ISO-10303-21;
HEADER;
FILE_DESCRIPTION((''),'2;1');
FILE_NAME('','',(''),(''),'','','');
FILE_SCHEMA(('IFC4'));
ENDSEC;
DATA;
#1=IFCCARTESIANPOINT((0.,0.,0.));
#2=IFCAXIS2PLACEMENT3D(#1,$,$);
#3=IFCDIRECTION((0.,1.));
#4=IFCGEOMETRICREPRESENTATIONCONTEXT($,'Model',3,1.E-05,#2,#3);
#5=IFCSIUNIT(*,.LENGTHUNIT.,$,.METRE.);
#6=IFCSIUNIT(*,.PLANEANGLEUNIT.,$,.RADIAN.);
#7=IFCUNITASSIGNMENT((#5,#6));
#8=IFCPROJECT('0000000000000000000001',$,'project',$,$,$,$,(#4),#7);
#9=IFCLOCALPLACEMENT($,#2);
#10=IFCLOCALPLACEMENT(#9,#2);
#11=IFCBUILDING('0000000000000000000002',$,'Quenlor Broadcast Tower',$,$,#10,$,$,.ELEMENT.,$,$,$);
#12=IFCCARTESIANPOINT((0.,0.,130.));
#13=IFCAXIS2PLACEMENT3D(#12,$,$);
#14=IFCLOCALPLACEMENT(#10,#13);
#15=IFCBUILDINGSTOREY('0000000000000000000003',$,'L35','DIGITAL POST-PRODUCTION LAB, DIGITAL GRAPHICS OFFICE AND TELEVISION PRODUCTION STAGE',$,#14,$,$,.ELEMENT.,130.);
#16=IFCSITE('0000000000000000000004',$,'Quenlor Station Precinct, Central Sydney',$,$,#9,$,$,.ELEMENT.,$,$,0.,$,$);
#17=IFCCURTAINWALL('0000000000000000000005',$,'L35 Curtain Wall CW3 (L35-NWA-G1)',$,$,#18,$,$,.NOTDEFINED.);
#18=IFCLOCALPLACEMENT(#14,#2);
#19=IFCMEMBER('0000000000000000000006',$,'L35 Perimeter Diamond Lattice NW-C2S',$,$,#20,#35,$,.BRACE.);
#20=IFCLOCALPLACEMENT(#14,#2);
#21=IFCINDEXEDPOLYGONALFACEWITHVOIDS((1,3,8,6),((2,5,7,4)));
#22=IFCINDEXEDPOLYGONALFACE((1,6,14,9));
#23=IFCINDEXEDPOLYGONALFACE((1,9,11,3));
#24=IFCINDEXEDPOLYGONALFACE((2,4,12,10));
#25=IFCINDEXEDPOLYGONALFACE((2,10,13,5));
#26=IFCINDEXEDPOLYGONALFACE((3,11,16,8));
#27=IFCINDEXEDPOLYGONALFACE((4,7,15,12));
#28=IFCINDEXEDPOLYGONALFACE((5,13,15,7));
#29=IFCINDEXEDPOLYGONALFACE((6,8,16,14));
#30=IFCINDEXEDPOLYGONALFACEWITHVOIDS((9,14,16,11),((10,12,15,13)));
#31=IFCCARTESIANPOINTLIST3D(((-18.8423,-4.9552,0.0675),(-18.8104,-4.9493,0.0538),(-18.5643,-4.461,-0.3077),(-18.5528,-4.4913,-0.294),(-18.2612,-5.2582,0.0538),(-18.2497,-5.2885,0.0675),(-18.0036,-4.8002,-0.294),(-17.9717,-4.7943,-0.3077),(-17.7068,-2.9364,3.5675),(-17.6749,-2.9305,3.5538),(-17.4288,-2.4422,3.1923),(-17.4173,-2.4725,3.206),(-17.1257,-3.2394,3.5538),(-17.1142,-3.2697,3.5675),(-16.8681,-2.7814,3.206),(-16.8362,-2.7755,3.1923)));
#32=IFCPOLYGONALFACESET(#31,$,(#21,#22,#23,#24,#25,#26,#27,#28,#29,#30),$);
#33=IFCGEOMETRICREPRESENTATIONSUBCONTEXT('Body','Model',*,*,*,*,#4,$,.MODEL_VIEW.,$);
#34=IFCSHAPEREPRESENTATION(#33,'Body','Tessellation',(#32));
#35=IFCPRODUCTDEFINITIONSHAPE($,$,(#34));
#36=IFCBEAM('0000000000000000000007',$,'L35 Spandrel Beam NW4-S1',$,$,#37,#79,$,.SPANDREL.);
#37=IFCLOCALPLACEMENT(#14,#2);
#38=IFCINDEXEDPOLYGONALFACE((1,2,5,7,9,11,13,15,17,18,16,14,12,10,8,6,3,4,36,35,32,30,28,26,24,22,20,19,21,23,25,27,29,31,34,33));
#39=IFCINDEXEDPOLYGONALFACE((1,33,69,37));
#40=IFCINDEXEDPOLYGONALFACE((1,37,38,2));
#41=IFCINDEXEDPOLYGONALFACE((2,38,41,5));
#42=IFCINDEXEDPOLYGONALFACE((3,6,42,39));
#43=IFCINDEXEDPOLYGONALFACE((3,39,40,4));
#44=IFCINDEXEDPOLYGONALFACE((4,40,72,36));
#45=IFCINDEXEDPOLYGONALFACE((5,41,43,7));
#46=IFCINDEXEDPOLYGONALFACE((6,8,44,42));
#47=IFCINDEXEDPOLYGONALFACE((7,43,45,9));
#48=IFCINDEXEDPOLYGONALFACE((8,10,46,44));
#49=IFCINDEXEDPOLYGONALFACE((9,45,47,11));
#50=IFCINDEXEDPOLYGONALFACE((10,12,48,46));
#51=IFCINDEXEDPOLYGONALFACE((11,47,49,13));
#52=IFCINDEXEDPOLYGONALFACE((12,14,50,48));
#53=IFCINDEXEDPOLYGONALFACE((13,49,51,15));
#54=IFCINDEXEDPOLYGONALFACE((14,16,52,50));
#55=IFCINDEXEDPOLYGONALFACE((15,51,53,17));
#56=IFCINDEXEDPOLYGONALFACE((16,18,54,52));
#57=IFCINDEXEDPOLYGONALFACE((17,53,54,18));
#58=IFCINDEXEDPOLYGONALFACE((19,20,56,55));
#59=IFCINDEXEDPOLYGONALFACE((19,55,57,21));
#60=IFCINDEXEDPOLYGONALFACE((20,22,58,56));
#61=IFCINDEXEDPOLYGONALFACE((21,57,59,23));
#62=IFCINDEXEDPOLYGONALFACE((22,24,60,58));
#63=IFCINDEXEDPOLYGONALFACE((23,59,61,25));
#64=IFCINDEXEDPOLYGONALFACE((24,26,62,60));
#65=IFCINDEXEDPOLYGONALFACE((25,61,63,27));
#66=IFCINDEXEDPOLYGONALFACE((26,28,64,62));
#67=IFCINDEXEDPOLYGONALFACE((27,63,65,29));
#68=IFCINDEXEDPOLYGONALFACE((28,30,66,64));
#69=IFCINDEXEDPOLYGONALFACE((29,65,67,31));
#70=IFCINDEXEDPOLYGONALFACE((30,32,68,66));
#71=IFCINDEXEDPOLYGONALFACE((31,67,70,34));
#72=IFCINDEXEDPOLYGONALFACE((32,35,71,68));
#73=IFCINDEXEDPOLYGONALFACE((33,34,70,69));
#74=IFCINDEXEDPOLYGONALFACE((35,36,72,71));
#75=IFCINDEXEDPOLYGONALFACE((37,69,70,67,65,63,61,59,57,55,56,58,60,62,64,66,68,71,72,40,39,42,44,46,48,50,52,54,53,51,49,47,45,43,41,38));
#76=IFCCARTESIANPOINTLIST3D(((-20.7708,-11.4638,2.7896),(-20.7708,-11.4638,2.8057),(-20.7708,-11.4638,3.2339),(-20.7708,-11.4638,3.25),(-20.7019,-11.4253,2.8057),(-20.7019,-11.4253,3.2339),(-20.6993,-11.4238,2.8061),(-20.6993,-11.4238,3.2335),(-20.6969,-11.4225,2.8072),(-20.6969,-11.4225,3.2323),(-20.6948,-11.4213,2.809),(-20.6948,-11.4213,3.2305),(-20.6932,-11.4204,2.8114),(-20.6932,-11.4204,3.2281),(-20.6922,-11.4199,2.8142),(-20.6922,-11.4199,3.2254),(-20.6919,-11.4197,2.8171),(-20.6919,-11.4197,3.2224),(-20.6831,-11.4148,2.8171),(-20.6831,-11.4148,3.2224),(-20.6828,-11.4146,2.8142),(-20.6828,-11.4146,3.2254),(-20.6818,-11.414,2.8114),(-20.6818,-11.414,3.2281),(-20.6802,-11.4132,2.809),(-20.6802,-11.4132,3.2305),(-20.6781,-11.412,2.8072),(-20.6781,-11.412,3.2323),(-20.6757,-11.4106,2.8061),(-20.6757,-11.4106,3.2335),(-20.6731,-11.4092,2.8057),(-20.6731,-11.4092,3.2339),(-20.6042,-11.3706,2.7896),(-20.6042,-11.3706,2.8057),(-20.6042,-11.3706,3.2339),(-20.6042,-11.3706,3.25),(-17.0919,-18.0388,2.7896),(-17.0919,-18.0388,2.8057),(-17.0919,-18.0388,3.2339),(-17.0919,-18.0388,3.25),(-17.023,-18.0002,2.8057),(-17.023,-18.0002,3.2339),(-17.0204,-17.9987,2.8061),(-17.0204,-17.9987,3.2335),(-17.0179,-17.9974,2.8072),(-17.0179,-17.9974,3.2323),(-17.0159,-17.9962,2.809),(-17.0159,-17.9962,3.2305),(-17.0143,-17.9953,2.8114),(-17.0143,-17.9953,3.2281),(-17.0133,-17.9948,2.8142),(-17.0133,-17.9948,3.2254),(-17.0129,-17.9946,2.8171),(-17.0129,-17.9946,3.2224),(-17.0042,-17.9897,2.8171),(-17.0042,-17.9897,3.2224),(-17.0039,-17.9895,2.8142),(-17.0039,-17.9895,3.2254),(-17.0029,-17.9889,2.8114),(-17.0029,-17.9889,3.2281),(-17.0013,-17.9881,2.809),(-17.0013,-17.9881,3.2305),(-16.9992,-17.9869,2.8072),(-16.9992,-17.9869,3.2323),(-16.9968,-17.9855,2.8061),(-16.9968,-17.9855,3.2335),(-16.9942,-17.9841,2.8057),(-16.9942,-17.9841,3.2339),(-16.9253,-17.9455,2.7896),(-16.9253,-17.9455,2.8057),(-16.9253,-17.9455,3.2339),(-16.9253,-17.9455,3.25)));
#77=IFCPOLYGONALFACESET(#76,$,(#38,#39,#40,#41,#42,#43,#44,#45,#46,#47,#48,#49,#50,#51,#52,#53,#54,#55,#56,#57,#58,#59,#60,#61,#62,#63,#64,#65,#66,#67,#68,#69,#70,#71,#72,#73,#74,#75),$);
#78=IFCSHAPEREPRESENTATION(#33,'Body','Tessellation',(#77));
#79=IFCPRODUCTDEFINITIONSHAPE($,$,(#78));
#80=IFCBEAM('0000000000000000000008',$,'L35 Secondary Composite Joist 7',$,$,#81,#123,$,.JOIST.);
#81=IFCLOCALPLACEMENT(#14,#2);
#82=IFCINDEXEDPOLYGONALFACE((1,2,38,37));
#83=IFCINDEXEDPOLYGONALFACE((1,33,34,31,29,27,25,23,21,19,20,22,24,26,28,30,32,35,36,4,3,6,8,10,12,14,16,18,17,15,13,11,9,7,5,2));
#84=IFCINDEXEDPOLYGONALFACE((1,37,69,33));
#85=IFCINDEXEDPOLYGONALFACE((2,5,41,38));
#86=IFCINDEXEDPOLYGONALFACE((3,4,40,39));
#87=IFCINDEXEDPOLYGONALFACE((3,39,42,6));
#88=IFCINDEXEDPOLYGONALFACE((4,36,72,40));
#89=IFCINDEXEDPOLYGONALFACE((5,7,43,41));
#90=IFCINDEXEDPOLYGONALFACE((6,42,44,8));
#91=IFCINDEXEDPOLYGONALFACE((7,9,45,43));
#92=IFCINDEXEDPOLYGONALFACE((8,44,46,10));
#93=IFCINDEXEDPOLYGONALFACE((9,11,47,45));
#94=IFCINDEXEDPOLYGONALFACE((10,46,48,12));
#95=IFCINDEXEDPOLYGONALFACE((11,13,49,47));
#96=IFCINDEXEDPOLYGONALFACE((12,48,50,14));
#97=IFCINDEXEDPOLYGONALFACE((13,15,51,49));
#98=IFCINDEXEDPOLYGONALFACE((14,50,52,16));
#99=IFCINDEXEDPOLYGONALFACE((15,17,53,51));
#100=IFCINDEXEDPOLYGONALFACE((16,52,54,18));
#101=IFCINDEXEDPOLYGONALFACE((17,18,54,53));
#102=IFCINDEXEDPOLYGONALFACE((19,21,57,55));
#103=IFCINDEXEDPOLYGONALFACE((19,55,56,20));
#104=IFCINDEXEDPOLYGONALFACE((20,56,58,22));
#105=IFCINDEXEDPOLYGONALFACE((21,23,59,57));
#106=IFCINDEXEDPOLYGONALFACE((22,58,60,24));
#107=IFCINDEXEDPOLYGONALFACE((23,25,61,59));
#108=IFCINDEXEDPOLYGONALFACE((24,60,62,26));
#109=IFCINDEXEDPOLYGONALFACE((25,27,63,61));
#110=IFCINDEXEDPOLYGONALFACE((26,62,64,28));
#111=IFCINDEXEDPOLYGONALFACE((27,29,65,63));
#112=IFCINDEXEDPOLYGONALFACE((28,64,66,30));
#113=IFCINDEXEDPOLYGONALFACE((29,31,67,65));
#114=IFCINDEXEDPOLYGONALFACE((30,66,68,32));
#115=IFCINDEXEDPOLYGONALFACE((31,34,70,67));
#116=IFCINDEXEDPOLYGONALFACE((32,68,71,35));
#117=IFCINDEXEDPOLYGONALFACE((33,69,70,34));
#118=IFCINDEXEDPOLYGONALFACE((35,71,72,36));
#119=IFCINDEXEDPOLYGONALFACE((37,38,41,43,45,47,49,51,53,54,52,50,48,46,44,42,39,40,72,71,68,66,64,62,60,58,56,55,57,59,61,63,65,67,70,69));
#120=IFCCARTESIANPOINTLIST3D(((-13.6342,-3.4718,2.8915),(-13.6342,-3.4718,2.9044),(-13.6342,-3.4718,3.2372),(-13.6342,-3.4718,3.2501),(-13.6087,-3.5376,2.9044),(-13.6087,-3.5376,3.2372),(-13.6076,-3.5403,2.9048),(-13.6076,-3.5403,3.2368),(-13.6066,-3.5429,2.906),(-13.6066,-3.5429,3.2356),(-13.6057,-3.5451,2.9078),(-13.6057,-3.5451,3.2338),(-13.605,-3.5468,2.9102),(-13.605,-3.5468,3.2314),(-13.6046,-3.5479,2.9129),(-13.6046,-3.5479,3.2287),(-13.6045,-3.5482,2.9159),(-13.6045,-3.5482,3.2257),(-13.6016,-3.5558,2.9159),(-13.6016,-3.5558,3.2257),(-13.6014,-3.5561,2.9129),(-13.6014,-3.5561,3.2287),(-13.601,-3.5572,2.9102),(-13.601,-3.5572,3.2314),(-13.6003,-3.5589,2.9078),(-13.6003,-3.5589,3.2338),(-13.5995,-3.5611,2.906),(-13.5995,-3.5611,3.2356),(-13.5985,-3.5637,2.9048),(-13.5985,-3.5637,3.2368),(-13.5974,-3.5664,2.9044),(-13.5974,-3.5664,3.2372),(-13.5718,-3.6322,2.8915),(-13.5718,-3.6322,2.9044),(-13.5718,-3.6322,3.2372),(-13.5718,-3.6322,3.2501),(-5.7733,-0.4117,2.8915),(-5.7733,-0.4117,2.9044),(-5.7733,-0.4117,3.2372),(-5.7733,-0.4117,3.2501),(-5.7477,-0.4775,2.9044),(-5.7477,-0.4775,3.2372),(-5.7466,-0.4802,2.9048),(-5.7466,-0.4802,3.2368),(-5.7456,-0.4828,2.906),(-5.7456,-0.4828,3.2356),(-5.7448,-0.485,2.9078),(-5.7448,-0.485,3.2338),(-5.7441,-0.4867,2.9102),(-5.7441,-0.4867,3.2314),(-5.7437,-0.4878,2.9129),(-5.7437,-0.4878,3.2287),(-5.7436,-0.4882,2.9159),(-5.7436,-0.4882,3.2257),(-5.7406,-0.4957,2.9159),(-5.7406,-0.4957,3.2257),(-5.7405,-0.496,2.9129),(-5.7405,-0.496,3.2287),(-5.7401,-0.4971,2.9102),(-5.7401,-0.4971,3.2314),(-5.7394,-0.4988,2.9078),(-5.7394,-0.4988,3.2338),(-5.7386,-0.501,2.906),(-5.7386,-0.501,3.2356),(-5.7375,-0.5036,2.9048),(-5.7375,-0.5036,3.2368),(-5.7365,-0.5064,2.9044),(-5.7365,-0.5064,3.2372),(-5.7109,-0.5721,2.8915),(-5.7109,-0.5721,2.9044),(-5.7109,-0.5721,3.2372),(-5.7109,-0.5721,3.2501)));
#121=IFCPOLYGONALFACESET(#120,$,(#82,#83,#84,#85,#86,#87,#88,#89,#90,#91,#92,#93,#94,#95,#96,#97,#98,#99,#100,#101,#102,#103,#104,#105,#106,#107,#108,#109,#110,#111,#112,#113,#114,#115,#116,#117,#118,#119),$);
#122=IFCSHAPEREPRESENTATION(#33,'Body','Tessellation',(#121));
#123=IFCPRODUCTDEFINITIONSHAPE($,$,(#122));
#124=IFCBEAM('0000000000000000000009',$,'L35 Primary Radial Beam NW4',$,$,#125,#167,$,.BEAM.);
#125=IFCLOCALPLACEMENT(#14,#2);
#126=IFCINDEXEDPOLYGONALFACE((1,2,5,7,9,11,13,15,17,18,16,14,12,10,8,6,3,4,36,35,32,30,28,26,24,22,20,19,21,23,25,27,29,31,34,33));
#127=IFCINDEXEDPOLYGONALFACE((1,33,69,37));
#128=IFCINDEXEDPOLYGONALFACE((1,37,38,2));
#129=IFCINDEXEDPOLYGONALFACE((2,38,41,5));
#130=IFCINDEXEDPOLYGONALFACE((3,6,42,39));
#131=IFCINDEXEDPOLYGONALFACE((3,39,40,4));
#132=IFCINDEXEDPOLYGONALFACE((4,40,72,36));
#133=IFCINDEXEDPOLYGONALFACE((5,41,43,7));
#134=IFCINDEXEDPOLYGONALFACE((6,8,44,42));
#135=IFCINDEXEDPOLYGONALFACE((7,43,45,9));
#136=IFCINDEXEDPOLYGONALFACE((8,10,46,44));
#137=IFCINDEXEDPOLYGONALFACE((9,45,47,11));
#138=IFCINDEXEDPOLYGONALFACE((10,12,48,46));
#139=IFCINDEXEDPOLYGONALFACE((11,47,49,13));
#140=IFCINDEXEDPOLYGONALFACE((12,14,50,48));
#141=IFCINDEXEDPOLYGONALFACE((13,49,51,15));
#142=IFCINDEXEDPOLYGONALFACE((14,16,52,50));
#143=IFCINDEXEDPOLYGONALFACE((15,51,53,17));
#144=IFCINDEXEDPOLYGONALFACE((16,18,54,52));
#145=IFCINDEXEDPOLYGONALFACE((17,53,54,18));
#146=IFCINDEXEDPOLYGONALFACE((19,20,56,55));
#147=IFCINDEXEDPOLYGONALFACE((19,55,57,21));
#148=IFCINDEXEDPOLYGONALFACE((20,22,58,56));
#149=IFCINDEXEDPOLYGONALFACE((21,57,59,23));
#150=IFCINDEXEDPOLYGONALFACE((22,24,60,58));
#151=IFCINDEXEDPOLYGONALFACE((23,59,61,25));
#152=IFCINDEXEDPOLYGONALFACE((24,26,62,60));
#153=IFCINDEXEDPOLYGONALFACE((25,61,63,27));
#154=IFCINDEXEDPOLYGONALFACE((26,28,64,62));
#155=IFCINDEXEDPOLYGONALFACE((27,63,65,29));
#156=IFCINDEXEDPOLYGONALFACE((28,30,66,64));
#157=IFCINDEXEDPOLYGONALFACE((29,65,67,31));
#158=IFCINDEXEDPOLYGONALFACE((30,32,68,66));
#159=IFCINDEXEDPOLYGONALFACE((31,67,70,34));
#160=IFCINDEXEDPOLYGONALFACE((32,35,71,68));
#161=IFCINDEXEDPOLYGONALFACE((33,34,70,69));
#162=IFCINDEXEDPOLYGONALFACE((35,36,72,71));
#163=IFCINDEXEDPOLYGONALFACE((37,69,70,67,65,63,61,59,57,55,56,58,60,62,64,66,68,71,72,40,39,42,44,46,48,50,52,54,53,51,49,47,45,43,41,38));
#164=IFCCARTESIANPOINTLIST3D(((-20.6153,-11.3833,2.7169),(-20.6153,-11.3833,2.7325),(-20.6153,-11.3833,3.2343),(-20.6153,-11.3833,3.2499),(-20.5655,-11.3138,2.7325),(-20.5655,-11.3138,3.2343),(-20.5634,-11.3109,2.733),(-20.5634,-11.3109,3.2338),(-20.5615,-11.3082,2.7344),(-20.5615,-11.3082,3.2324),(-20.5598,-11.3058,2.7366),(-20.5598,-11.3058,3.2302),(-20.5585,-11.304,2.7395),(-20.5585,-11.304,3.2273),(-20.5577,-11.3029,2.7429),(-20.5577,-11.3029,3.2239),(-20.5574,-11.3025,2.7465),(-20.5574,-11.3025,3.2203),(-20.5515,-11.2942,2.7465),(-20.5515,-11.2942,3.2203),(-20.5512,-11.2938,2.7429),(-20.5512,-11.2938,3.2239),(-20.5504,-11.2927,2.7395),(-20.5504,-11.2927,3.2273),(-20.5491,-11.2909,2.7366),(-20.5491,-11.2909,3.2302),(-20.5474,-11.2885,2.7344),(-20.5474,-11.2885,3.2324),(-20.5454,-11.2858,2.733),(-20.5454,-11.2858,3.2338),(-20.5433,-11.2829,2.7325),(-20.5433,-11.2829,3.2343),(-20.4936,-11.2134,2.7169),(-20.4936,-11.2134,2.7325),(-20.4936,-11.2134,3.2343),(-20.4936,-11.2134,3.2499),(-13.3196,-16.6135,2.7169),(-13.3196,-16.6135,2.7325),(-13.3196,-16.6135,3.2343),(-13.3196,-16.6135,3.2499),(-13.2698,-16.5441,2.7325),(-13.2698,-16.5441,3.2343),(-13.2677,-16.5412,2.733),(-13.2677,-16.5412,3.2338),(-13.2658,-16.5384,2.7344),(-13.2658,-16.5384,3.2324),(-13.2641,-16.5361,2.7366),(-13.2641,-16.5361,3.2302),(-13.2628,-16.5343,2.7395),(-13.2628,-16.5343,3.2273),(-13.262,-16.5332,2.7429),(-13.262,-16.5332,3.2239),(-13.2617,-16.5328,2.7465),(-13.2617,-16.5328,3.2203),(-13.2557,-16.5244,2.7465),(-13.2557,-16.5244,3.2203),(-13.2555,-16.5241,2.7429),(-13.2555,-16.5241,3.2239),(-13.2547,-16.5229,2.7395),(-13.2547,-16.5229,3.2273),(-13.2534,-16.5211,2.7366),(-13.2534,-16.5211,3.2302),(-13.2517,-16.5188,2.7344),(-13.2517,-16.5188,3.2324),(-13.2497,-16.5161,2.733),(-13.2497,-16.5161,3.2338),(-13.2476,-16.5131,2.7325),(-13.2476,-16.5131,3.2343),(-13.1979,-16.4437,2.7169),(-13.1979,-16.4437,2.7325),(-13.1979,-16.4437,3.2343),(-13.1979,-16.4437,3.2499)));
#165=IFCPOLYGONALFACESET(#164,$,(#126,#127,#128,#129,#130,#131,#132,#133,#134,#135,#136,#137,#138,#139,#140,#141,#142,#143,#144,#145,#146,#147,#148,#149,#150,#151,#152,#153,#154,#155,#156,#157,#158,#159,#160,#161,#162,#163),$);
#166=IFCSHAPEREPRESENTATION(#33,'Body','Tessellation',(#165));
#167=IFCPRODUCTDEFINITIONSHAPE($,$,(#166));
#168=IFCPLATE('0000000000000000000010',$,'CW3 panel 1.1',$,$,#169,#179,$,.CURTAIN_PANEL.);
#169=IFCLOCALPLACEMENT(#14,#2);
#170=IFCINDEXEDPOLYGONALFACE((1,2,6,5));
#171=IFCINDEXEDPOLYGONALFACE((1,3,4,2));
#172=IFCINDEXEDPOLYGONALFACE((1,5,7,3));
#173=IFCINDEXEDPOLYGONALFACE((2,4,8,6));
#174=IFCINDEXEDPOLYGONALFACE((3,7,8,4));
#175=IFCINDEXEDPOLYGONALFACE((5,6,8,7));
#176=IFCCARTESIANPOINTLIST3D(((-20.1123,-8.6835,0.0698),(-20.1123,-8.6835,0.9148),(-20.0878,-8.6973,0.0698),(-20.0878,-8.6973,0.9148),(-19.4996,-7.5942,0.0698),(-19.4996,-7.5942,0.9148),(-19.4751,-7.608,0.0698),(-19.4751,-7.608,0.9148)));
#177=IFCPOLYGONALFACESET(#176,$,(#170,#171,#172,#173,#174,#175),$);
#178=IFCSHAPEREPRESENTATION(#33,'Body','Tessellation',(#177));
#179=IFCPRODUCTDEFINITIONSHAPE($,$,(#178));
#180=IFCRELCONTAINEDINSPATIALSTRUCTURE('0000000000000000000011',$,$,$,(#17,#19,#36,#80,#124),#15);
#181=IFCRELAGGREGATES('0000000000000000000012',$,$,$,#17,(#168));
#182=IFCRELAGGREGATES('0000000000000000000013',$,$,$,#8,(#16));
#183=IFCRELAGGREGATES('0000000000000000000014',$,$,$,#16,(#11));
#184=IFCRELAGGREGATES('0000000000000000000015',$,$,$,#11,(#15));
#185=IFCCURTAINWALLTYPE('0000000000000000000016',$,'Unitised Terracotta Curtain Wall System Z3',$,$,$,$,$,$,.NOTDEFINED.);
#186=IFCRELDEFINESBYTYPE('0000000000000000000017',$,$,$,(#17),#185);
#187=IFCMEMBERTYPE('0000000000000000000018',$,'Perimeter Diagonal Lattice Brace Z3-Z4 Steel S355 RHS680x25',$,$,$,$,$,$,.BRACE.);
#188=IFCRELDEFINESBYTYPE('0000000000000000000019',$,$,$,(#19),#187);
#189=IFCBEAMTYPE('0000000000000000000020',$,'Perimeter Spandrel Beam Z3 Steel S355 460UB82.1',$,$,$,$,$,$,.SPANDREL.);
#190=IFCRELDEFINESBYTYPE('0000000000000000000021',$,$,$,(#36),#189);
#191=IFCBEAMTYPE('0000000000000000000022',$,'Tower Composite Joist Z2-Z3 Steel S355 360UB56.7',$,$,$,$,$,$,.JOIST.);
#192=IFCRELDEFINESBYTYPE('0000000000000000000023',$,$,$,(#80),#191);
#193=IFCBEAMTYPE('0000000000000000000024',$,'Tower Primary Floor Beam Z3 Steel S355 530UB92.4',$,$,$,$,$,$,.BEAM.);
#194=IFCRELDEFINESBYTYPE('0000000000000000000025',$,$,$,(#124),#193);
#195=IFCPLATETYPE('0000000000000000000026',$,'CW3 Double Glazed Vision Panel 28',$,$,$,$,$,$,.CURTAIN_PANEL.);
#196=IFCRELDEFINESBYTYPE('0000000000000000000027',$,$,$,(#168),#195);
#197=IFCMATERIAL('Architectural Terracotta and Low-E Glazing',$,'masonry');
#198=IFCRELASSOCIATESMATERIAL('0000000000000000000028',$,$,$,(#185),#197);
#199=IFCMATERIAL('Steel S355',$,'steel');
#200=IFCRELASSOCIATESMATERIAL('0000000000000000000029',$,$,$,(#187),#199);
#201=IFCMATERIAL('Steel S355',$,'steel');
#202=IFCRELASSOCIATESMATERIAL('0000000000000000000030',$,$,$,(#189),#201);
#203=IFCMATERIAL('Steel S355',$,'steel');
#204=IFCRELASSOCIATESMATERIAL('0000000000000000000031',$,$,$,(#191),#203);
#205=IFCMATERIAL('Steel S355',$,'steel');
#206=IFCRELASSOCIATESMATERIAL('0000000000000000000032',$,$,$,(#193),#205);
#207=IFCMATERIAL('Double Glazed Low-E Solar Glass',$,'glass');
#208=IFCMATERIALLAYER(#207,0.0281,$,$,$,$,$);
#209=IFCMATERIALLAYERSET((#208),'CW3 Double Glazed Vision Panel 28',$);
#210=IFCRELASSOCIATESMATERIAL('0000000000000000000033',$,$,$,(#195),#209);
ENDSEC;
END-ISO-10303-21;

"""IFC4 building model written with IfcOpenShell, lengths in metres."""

from ifc_helpers import new_model, si_unit, direction, frame, origin, origin_2d, place, context, subcontext, project, spatial, rectangle, hollow_rectangle, i_section, extrude, material, layer, layer_set, material_profile, profile_set, type_object, element, aggregate, save


model = new_model("IFC4")

# Units and contexts
model_context = context("Model", 3, precision=1e-05, world=origin(), true_north=direction((0.0, 1.0)))
body_context = subcontext(model_context, "Body", "Model", "MODEL_VIEW")
ifc_project = project(units=[si_unit("LENGTHUNIT", "METRE"), si_unit("PLANEANGLEUNIT", "RADIAN")], contexts=[model_context])

# Site, building, storey
site_placement = place(None, origin())
site = spatial("IfcSite", under=ifc_project, at=site_placement, Name="Quenlor Station Precinct, Central Sydney", CompositionType="ELEMENT", RefElevation=0.0)
building_placement = place(site_placement, origin())
building = spatial("IfcBuilding", under=site, at=building_placement, Name="Quenlor Broadcast Tower", CompositionType="ELEMENT")
storey_placement = place(building_placement, frame((0.0, 0.0, 130.0)))
storey = spatial("IfcBuildingStorey", under=building, at=storey_placement, Name="L35", Description="DIGITAL POST-PRODUCTION LAB, DIGITAL GRAPHICS OFFICE AND TELEVISION PRODUCTION STAGE", CompositionType="ELEMENT", Elevation=130.0)

# Curtain wall
ifc_material_1 = material(Name="Architectural Terracotta and Low-E Glazing", Category="masonry")
curtain_wall_type = type_object("IfcCurtainWallType", Name="Unitised Terracotta Curtain Wall System Z3", PredefinedType="NOTDEFINED", material=ifc_material_1)
curtain_wall_placement = place(storey_placement, origin())
curtain_wall = element("IfcCurtainWall", 1, at=curtain_wall_placement, inside=storey, type_object=curtain_wall_type, Name="L35 Curtain Wall CW3 (L35-NWA-G1)", PredefinedType="NOTDEFINED")

# Member
ifc_material_2 = material(Name="Steel S355", Category="steel")
ifc_material_profile_1 = material_profile(ifc_material_2, hollow_rectangle(XDim=0.6799, YDim=0.6799, WallThickness=0.0249, at=origin_2d()))
ifc_profile_set_1 = profile_set([ifc_material_profile_1], Name="Steel S355 RHS680x680x25")
member_type_1 = type_object("IfcMemberType", Name="Perimeter Diagonal Lattice Brace Z3-Z4 Steel S355 RHS680x25", PredefinedType="BRACE", material=ifc_profile_set_1)
for number, where, z_axis, x_axis, name in (
    (2, (-18.407, -4.8748, -0.1201), (0.270549, 0.481009, 0.833927), (-0.87159, 0.490236, 0.0), "L35 Perimeter Diamond Lattice NW-C2S"),
):
    element("IfcMember", number, at=place(storey_placement, frame(where, z_axis=z_axis, x_axis=x_axis)), inside=storey, type_object=member_type_1, Name=name, PredefinedType="BRACE", context=body_context, shape_type="SweptSolid", body=[
        extrude(hollow_rectangle(XDim=0.6799, YDim=0.6799, WallThickness=0.0249, at=origin_2d()), origin(), (0.0, 0.0, 1.0), 4.197),
    ])

# Beams
ifc_material_3 = material(Name="Steel S355", Category="steel")
ifc_material_profile_2 = material_profile(ifc_material_3, i_section(OverallWidth=0.1909, OverallDepth=0.4604, WebThickness=0.01, FlangeThickness=0.0161, FilletRadius=0.0115, at=origin_2d()))
ifc_profile_set_2 = profile_set([ifc_material_profile_2], Name="Steel S355 460UB82.1")
beam_type_1 = type_object("IfcBeamType", Name="Perimeter Spandrel Beam Z3 Steel S355 460UB82.1", PredefinedType="SPANDREL", material=ifc_profile_set_2)
beam_1_placement = place(storey_placement, frame((-20.6875, -11.4172, 3.0198), z_axis=(0.488298, -0.872677, 0.0), x_axis=(0.872677, 0.488298, 0.0)))
element("IfcBeam", 3, at=beam_1_placement, inside=storey, type_object=beam_type_1, Name="L35 Spandrel Beam NW4-S1", PredefinedType="SPANDREL", context=body_context, shape_type="SweptSolid", body=[
    extrude(i_section(OverallWidth=0.1909, OverallDepth=0.4604, WebThickness=0.01, FlangeThickness=0.0161, FilletRadius=0.0115, at=origin_2d()), origin(), (0.0, 0.0, 1.0), 7.5342),
])
ifc_material_4 = material(Name="Steel S355", Category="steel")
ifc_material_profile_3 = material_profile(ifc_material_4, i_section(OverallWidth=0.1721, OverallDepth=0.3586, WebThickness=0.0081, FlangeThickness=0.0129, FilletRadius=0.0115, at=origin_2d()))
ifc_profile_set_3 = profile_set([ifc_material_profile_3], Name="Steel S355 360UB56.7")
beam_type_2 = type_object("IfcBeamType", Name="Tower Composite Joist Z2-Z3 Steel S355 360UB56.7", PredefinedType="JOIST", material=ifc_profile_set_3)
beam_2_placement = place(storey_placement, frame((-13.603, -3.552, 3.0708), z_axis=(0.931882, 0.362762, 0.0), x_axis=(-0.362762, 0.931882, 0.0)))
element("IfcBeam", 4, at=beam_2_placement, inside=storey, type_object=beam_type_2, Name="L35 Secondary Composite Joist 7", PredefinedType="JOIST", context=body_context, shape_type="SweptSolid", body=[
    extrude(i_section(OverallWidth=0.1721, OverallDepth=0.3586, WebThickness=0.0081, FlangeThickness=0.0129, FilletRadius=0.0115, at=origin_2d()), origin(), (0.0, 0.0, 1.0), 8.4355),
])
ifc_material_5 = material(Name="Steel S355", Category="steel")
ifc_material_profile_4 = material_profile(ifc_material_5, i_section(OverallWidth=0.209, OverallDepth=0.533, WebThickness=0.0103, FlangeThickness=0.0156, FilletRadius=0.0139, at=origin_2d()))
ifc_profile_set_4 = profile_set([ifc_material_profile_4], Name="Steel S355 530UB92.4")
beam_type_3 = type_object("IfcBeamType", Name="Tower Primary Floor Beam Z3 Steel S355 530UB92.4", PredefinedType="BEAM", material=ifc_profile_set_4)
beam_3_placement = place(storey_placement, frame((-20.5544, -11.2983, 2.9834), z_axis=(0.812729, -0.582642, 0.0), x_axis=(0.582642, 0.812729, 0.0)))
element("IfcBeam", 5, at=beam_3_placement, inside=storey, type_object=beam_type_3, Name="L35 Primary Radial Beam NW4", PredefinedType="BEAM", context=body_context, shape_type="SweptSolid", body=[
    extrude(i_section(OverallWidth=0.209, OverallDepth=0.533, WebThickness=0.0103, FlangeThickness=0.0156, FilletRadius=0.0139, at=origin_2d()), origin(), (0.0, 0.0, 1.0), 8.9768),
])

# Plate
ifc_material_6 = material(Name="Double Glazed Low-E Solar Glass", Category="glass")
ifc_layer_1 = layer(ifc_material_6, 0.0281)
ifc_layer_set_1 = layer_set([ifc_layer_1], Name="CW3 Double Glazed Vision Panel 28")
plate_type_1 = type_object("IfcPlateType", Name="CW3 Double Glazed Vision Panel 28", PredefinedType="CURTAIN_PANEL", material=ifc_layer_set_1)
plate_1_placement = place(storey_placement, frame((-19.7937, -8.1458, 0.0698), z_axis=(0.0, 0.0, 1.0), x_axis=(0.490261, 0.871576, 0.0)))
plate_1 = element("IfcPlate", 6, at=plate_1_placement, type_object=plate_type_1, Name="CW3 panel 1.1", PredefinedType="CURTAIN_PANEL", context=body_context, shape_type="SweptSolid", body=[
    extrude(rectangle(XDim=1.2498, YDim=0.0281, at=origin_2d()), origin(), (0.0, 0.0, 1.0), 0.845),
])
aggregate(curtain_wall, [plate_1])

save(model, "model.ifc")
